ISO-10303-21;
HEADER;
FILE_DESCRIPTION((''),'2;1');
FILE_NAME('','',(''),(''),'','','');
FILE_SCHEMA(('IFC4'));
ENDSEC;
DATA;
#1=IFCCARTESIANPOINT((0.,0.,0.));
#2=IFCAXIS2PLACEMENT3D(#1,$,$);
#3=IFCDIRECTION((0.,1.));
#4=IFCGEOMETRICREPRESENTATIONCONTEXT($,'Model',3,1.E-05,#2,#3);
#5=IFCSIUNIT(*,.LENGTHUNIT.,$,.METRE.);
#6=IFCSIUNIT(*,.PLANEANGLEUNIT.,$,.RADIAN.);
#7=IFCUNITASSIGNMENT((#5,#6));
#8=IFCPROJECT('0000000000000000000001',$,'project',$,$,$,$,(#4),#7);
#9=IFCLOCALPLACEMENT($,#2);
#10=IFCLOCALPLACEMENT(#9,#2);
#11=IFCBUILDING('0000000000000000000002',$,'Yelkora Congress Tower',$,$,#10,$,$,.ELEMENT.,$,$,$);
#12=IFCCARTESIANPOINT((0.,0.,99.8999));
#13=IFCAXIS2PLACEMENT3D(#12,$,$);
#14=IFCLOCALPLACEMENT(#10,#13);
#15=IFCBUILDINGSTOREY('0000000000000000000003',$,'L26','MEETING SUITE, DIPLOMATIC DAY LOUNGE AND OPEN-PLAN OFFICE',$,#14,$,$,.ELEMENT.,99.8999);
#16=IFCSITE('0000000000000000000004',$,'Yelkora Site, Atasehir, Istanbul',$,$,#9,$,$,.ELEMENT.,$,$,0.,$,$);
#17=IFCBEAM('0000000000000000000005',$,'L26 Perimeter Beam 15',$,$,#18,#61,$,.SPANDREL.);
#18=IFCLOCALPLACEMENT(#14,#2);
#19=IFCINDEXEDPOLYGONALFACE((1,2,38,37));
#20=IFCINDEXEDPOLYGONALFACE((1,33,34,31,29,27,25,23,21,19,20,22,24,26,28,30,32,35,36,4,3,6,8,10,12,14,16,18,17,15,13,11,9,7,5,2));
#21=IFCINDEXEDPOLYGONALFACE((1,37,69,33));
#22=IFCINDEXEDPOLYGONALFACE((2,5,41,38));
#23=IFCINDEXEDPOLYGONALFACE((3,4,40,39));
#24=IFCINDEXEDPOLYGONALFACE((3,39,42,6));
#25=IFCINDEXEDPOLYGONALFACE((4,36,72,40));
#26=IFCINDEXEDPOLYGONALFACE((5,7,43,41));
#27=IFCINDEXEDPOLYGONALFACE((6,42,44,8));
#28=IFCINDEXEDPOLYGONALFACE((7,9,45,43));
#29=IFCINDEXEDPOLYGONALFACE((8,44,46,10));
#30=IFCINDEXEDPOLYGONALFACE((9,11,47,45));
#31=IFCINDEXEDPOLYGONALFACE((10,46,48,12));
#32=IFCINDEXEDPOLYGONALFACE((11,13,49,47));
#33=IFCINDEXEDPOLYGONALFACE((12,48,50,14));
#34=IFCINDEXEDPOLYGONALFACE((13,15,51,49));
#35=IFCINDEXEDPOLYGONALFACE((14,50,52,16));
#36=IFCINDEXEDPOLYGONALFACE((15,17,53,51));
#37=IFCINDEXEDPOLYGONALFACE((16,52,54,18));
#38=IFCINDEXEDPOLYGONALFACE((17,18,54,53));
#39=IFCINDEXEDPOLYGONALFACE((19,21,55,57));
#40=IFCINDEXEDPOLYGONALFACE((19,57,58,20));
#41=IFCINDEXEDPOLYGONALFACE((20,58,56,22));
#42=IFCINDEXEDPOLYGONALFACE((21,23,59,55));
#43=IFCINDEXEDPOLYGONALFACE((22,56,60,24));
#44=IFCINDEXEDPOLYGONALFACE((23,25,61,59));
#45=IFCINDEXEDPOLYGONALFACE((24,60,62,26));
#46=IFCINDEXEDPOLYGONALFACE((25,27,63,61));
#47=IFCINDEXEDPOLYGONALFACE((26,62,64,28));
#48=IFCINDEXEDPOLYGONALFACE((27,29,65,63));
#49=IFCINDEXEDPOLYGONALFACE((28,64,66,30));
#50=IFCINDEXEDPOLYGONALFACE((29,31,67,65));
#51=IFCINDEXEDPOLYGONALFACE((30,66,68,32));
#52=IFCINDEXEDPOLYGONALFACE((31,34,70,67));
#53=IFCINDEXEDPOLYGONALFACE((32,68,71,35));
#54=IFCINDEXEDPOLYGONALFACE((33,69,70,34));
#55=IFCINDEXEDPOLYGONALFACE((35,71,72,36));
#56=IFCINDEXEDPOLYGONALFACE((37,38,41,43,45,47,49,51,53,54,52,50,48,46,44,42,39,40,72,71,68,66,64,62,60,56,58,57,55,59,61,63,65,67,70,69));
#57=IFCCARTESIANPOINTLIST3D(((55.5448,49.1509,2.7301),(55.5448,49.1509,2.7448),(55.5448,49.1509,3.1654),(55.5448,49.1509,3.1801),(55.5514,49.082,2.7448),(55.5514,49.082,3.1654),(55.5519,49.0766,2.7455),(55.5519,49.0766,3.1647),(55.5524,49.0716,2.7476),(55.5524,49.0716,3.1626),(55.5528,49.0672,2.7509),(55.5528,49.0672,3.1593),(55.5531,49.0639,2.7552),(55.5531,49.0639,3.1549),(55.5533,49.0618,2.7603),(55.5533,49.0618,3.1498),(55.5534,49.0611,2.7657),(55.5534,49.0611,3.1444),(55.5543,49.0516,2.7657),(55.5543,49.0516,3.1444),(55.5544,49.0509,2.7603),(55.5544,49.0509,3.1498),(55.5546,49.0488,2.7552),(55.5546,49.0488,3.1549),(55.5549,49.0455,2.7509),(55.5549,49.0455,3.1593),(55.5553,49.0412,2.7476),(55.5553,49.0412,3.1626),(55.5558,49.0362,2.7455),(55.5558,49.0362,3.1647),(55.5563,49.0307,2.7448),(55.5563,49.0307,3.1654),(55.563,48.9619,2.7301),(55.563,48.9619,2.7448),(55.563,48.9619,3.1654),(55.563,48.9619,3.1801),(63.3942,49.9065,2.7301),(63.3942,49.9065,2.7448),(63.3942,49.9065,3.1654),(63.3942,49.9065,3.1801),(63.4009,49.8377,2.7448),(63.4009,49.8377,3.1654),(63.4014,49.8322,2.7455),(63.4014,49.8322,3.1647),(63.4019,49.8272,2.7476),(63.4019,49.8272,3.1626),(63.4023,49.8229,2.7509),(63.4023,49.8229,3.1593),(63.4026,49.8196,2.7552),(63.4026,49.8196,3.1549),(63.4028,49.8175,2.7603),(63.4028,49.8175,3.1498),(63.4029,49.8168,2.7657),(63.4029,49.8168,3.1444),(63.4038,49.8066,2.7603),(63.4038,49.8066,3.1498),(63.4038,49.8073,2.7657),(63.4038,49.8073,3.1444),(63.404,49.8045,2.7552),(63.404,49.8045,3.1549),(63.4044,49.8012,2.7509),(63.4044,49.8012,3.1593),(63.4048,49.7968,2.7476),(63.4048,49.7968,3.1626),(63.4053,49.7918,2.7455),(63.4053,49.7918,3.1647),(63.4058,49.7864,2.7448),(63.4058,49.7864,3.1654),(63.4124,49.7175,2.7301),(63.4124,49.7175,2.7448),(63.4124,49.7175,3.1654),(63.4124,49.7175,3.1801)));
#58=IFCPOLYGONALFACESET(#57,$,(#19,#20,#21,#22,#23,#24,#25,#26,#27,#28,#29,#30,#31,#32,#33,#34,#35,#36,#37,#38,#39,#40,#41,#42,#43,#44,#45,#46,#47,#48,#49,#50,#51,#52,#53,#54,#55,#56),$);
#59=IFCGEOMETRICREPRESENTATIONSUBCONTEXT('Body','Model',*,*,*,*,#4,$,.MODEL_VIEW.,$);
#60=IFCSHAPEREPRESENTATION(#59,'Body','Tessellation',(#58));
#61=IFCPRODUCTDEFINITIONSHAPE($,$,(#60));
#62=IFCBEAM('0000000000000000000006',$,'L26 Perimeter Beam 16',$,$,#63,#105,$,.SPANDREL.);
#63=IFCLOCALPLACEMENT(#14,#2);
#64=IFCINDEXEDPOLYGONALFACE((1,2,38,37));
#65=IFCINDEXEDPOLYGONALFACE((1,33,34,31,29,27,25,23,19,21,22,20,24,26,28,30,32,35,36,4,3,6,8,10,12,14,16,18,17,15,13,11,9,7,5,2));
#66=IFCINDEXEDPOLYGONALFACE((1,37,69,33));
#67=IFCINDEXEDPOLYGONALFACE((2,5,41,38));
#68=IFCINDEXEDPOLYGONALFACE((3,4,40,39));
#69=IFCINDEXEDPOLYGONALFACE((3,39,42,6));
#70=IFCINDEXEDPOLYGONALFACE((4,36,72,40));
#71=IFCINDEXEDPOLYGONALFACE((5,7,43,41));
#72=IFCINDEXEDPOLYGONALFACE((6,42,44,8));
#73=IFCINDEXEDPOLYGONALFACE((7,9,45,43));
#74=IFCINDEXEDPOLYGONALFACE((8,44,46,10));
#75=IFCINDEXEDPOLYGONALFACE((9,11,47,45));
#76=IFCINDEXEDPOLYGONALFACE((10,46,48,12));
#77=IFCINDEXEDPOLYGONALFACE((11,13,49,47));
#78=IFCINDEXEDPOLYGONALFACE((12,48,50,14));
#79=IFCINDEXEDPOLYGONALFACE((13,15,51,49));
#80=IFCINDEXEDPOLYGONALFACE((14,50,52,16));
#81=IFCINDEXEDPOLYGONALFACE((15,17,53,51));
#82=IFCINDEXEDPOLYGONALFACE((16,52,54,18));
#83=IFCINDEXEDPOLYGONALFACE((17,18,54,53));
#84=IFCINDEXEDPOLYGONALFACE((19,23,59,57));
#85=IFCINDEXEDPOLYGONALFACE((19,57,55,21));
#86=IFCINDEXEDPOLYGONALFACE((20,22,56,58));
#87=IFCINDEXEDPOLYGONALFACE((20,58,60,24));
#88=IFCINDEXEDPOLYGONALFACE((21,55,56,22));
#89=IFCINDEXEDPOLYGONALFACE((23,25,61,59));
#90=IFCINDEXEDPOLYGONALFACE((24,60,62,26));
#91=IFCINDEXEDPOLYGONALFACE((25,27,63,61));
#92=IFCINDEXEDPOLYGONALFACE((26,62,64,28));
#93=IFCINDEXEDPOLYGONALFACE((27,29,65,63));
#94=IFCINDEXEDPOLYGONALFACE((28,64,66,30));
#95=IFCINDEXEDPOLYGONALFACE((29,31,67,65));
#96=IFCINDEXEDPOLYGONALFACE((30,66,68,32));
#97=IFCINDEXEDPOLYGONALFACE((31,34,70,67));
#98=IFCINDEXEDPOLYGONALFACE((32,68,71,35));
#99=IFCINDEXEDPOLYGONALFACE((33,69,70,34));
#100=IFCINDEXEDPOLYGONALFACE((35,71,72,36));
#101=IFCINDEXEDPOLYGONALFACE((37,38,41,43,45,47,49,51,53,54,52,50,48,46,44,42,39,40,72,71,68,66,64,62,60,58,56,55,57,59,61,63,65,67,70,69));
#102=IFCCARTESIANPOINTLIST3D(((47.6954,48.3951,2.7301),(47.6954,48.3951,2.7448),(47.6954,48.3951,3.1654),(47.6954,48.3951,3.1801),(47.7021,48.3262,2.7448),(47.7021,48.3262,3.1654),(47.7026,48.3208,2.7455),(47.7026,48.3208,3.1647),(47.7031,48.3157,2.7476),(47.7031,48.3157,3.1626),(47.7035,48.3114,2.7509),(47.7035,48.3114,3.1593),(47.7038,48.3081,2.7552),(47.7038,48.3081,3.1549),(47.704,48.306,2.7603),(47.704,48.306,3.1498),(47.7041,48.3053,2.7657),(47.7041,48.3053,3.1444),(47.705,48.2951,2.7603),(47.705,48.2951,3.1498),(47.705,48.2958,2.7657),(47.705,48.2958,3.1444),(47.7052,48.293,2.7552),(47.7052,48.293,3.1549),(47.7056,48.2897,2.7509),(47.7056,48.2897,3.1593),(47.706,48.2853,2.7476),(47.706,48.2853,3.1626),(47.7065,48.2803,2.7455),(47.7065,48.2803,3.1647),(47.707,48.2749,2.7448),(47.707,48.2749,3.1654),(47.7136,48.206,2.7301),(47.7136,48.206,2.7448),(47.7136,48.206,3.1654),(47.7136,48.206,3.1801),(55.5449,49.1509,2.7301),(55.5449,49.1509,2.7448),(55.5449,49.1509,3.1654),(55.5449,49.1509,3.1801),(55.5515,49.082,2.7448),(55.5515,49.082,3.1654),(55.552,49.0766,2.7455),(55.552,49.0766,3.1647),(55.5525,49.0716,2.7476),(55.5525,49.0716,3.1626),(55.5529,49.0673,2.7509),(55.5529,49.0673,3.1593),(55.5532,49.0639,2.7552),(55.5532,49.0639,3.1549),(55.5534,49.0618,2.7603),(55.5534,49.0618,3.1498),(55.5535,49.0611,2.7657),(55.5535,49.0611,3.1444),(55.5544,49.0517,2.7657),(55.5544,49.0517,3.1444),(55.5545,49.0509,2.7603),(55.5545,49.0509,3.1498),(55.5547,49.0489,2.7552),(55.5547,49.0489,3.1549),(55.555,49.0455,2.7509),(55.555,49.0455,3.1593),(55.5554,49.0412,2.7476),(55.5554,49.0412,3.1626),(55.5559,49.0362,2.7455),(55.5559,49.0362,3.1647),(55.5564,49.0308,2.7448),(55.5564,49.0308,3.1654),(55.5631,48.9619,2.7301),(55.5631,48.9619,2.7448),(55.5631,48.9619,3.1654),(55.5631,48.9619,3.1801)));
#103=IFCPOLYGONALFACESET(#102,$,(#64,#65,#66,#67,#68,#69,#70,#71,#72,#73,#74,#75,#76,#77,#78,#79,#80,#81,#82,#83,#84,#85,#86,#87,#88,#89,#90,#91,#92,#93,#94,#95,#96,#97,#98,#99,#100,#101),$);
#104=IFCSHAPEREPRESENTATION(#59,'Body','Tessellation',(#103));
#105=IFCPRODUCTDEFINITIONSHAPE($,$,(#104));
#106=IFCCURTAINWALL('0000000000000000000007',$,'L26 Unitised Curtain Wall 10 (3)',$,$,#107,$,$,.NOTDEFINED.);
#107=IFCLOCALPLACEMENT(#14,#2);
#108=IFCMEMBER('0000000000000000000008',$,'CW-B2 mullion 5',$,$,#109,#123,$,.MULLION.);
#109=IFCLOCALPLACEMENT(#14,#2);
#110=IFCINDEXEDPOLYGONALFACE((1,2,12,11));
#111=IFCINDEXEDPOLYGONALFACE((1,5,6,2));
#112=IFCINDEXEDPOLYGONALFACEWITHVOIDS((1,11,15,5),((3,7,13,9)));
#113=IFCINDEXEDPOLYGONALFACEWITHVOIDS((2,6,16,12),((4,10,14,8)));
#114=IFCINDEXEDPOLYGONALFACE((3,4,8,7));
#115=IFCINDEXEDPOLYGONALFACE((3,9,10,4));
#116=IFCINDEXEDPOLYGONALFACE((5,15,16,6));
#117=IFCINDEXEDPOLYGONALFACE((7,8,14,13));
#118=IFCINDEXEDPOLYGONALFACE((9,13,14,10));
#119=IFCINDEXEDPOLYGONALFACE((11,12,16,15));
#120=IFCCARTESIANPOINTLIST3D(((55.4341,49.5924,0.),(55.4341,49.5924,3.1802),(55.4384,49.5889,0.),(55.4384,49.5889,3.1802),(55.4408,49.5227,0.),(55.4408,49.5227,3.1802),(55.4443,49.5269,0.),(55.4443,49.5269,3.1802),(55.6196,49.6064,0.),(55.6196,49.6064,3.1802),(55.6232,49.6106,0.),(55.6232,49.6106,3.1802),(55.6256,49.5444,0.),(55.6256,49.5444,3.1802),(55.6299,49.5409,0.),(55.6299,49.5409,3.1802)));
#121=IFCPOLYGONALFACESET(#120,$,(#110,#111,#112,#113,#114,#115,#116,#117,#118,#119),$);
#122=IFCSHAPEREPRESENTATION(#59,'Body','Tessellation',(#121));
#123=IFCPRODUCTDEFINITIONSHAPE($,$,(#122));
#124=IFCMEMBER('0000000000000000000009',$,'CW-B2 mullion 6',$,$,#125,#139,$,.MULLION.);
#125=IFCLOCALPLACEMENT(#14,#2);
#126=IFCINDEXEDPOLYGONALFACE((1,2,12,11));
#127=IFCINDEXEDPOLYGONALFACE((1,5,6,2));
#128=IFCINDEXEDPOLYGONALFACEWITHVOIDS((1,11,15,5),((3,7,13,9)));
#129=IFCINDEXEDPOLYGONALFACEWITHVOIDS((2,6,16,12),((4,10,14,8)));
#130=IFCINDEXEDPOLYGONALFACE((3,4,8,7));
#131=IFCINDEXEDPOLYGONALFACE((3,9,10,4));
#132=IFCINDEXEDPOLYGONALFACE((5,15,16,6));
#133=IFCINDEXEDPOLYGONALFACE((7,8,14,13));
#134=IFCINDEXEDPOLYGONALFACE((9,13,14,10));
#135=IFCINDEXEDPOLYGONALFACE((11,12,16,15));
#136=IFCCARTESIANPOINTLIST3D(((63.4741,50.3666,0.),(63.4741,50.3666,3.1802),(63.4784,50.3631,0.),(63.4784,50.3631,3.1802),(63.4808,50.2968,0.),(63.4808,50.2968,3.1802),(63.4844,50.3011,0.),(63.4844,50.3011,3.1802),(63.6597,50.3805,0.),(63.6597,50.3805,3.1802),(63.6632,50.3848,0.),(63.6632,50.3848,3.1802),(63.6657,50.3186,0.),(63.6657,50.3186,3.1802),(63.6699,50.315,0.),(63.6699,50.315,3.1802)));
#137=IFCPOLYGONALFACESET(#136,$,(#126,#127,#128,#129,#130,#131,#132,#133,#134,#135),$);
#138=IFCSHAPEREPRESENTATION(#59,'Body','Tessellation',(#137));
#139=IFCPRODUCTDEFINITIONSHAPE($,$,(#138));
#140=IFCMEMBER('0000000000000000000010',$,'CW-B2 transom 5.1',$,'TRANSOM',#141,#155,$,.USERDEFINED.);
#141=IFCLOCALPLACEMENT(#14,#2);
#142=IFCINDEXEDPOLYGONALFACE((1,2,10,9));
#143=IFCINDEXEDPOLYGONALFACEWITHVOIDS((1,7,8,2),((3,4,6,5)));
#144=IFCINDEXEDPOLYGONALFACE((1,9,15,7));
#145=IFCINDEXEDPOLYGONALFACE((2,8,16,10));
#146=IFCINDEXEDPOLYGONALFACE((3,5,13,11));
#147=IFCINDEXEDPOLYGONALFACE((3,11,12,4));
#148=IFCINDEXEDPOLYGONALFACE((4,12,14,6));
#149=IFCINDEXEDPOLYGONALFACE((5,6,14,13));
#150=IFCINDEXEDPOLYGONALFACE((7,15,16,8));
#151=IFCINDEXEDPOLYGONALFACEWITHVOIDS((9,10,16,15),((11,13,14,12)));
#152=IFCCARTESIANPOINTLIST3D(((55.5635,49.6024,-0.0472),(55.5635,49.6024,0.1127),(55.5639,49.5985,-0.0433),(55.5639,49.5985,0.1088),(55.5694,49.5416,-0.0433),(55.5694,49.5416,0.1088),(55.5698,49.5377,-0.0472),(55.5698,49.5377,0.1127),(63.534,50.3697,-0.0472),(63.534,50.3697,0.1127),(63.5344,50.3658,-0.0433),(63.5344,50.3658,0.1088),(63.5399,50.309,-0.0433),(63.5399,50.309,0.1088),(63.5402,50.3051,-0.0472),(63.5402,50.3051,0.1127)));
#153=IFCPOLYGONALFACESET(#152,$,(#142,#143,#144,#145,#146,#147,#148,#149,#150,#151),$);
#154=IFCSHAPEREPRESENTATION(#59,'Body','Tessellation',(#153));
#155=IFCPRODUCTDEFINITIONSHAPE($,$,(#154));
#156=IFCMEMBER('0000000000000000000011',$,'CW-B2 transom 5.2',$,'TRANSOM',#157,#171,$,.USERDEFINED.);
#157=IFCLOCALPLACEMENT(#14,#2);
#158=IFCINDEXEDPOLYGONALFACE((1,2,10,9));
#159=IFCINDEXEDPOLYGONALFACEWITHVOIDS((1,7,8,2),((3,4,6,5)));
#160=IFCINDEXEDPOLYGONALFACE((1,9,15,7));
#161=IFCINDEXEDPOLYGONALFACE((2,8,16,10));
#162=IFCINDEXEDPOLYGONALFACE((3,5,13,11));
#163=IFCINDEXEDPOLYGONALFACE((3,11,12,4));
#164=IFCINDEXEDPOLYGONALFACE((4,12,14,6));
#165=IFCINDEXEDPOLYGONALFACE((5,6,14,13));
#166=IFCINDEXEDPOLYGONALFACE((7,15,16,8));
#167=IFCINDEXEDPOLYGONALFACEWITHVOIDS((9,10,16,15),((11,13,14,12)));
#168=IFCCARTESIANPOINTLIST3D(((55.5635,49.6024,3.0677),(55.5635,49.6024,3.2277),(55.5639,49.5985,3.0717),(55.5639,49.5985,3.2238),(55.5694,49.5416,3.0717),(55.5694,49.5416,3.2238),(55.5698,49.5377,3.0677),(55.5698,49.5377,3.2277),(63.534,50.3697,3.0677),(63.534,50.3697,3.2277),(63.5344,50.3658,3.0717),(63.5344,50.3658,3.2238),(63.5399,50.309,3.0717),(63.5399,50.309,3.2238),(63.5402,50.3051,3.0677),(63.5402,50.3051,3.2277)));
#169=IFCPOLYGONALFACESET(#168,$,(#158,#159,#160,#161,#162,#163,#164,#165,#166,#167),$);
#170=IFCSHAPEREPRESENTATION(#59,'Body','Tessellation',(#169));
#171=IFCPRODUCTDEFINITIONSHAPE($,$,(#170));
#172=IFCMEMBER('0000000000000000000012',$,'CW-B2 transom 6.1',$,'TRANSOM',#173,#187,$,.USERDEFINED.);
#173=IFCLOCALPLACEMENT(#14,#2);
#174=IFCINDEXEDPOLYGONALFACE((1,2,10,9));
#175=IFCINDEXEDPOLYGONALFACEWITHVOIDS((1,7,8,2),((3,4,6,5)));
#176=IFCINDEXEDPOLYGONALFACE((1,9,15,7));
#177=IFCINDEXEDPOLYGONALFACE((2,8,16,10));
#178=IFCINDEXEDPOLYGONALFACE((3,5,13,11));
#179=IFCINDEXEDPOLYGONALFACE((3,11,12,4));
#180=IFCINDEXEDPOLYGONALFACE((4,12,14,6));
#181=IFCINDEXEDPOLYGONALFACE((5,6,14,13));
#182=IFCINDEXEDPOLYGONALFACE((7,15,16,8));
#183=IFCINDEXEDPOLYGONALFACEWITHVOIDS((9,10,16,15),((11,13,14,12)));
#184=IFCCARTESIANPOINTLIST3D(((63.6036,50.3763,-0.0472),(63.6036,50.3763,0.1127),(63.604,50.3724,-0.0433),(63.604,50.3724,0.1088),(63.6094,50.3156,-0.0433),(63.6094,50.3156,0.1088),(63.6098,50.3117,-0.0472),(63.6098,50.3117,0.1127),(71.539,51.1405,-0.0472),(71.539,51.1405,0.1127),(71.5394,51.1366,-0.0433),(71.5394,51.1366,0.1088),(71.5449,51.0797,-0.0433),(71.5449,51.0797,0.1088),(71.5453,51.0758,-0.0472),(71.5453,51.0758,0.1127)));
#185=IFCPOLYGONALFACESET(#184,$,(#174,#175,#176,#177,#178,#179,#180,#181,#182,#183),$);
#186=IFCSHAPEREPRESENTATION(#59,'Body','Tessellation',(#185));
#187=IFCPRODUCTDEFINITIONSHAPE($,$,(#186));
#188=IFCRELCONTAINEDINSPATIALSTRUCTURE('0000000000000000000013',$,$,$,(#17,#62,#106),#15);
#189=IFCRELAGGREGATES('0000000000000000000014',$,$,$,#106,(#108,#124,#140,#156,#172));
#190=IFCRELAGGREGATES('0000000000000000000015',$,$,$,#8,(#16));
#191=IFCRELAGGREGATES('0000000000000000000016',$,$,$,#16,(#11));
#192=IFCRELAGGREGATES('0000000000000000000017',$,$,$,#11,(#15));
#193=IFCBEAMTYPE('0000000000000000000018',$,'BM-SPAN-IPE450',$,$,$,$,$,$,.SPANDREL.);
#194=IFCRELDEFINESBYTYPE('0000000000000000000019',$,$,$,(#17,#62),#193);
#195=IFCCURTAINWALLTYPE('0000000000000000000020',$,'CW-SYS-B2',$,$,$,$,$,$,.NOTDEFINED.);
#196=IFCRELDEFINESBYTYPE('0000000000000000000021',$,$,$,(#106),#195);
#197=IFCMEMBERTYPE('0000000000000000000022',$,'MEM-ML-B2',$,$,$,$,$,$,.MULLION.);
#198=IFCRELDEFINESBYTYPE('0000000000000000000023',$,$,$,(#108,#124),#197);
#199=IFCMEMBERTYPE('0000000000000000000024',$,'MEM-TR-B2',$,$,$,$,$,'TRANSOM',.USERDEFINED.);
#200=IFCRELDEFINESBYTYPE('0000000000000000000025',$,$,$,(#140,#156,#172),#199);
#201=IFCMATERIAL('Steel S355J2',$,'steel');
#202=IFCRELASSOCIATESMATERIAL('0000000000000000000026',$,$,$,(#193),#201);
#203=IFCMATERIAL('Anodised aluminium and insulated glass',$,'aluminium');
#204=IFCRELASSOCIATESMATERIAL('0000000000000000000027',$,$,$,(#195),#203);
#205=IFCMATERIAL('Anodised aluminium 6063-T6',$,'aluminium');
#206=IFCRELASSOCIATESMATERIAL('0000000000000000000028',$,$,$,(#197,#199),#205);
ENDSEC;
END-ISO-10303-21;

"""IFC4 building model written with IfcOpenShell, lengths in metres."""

from ifc_helpers import new_model, si_unit, direction, frame, origin, origin_2d, place, context, subcontext, project, spatial, hollow_rectangle, i_section, extrude, material, material_profile, profile_set, type_object, element, aggregate, save


model = new_model("IFC4")

# Units and contexts
model_context = context("Model", 3, precision=1e-05, world=origin(), true_north=direction((0.0, 1.0)))
body_context = subcontext(model_context, "Body", "Model", "MODEL_VIEW")
ifc_project = project(units=[si_unit("LENGTHUNIT", "METRE"), si_unit("PLANEANGLEUNIT", "RADIAN")], contexts=[model_context])

# Site, building, storey
site_placement = place(None, origin())
site = spatial("IfcSite", under=ifc_project, at=site_placement, Name="Yelkora Site, Atasehir, Istanbul", CompositionType="ELEMENT", RefElevation=0.0)
building_placement = place(site_placement, origin())
building = spatial("IfcBuilding", under=site, at=building_placement, Name="Yelkora Congress Tower", CompositionType="ELEMENT")
storey_placement = place(building_placement, frame((0.0, 0.0, 99.8999)))
storey = spatial("IfcBuildingStorey", under=building, at=storey_placement, Name="L26", Description="MEETING SUITE, DIPLOMATIC DAY LOUNGE AND OPEN-PLAN OFFICE", CompositionType="ELEMENT", Elevation=99.8999)

# Beams
ifc_material_1 = material(Name="Steel S355J2", Category="steel")
ifc_material_profile_1 = material_profile(ifc_material_1, i_section(OverallWidth=0.1899, OverallDepth=0.45, WebThickness=0.0095, FlangeThickness=0.0146, FilletRadius=0.021, at=origin_2d()), Name="IPE 450")
ifc_profile_set_1 = profile_set([ifc_material_profile_1], Name="Steel S355J2")
beam_type_1 = type_object("IfcBeamType", Name="BM-SPAN-IPE450", PredefinedType="SPANDREL", material=ifc_profile_set_1)
for number, where, z_axis, x_axis, name in (
    (1, (63.4033, 49.812, 2.9551), (-0.995399, -0.095822, 0.0), (0.095822, -0.995399, 0.0), "L26 Perimeter Beam 15"),
    (2, (55.554, 49.0564, 2.9551), (-0.995396, -0.095852, 0.0), (0.095852, -0.995396, 0.0), "L26 Perimeter Beam 16"),
):
    element("IfcBeam", number, at=place(storey_placement, frame(where, z_axis=z_axis, x_axis=x_axis)), inside=storey, type_object=beam_type_1, Name=name, PredefinedType="SPANDREL", context=body_context, shape_type="SweptSolid", body=[
        extrude(i_section(OverallWidth=0.1899, OverallDepth=0.45, WebThickness=0.0095, FlangeThickness=0.0146, FilletRadius=0.021, at=origin_2d()), origin(), (0.0, 0.0, 1.0), 7.8857),
    ])

# Curtain wall, members
ifc_material_2 = material(Name="Anodised aluminium and insulated glass", Category="aluminium")
curtain_wall_type = type_object("IfcCurtainWallType", Name="CW-SYS-B2", PredefinedType="NOTDEFINED", material=ifc_material_2)
curtain_wall_placement = place(storey_placement, origin())
curtain_wall = element("IfcCurtainWall", 3, at=curtain_wall_placement, inside=storey, type_object=curtain_wall_type, Name="L26 Unitised Curtain Wall 10 (3)", PredefinedType="NOTDEFINED")
ifc_material_3 = material(Name="Anodised aluminium 6063-T6", Category="aluminium")
ifc_material_profile_2 = material_profile(ifc_material_3, hollow_rectangle(XDim=0.0701, YDim=0.1899, WallThickness=0.0039, at=origin_2d()), Name="ALU 70x190x4")
ifc_profile_set_2 = profile_set([ifc_material_profile_2], Name="Anodised aluminium 6063-T6")
member_type_1 = type_object("IfcMemberType", Name="MEM-ML-B2", PredefinedType="MULLION", material=ifc_profile_set_2)
member_1_placement = place(storey_placement, frame((55.532, 49.5667, 0.0), z_axis=(0.0, 0.0, 1.0), x_axis=(-0.095844, 0.995396, 0.0)))
member_1 = element("IfcMember", 4, at=member_1_placement, type_object=member_type_1, Name="CW-B2 mullion 5", PredefinedType="MULLION", context=body_context, shape_type="SweptSolid", body=[
    extrude(hollow_rectangle(XDim=0.0701, YDim=0.1899, WallThickness=0.0039, at=origin_2d()), origin(), (0.0, 0.0, 1.0), 3.1802),
])
member_2_placement = place(storey_placement, frame((63.572, 50.3408, 0.0), z_axis=(0.0, 0.0, 1.0), x_axis=(-0.095844, 0.995396, 0.0)))
member_2 = element("IfcMember", 5, at=member_2_placement, type_object=member_type_1, Name="CW-B2 mullion 6", PredefinedType="MULLION", context=body_context, shape_type="SweptSolid", body=[
    extrude(hollow_rectangle(XDim=0.0701, YDim=0.1899, WallThickness=0.0039, at=origin_2d()), origin(), (0.0, 0.0, 1.0), 3.1802),
])
ifc_material_profile_3 = material_profile(ifc_material_3, hollow_rectangle(XDim=0.0649, YDim=0.1599, WallThickness=0.0039, at=origin_2d()), Name="ALU 65x160x4")
ifc_profile_set_3 = profile_set([ifc_material_profile_3], Name="Anodised aluminium 6063-T6")
member_type_2 = type_object("IfcMemberType", Name="MEM-TR-B2", ElementType="TRANSOM", PredefinedType="USERDEFINED", material=ifc_profile_set_3)
member_3_placement = place(storey_placement, frame((55.5667, 49.5701, 0.0327), z_axis=(0.995398, 0.095829, 0.0), x_axis=(-0.095829, 0.995398, 0.0)))
member_3 = element("IfcMember", 6, at=member_3_placement, type_object=member_type_2, Name="CW-B2 transom 5.1", ObjectType="TRANSOM", PredefinedType="USERDEFINED", context=body_context, shape_type="SweptSolid", body=[
    extrude(hollow_rectangle(XDim=0.0649, YDim=0.1599, WallThickness=0.0039, at=origin_2d()), origin(), (0.0, 0.0, 1.0), 8.0073),
])
member_4_placement = place(storey_placement, frame((55.5667, 49.5701, 3.1477), z_axis=(0.995398, 0.095829, 0.0), x_axis=(-0.095829, 0.995398, 0.0)))
member_4 = element("IfcMember", 7, at=member_4_placement, type_object=member_type_2, Name="CW-B2 transom 5.2", ObjectType="TRANSOM", PredefinedType="USERDEFINED", context=body_context, shape_type="SweptSolid", body=[
    extrude(hollow_rectangle(XDim=0.0649, YDim=0.1599, WallThickness=0.0039, at=origin_2d()), origin(), (0.0, 0.0, 1.0), 8.0073),
])
member_5_placement = place(storey_placement, frame((63.6067, 50.344, 0.0327), z_axis=(0.995396, 0.095852, 0.0), x_axis=(-0.095852, 0.995396, 0.0)))
member_5 = element("IfcMember", 8, at=member_5_placement, type_object=member_type_2, Name="CW-B2 transom 6.1", ObjectType="TRANSOM", PredefinedType="USERDEFINED", context=body_context, shape_type="SweptSolid", body=[
    extrude(hollow_rectangle(XDim=0.0649, YDim=0.1599, WallThickness=0.0039, at=origin_2d()), origin(), (0.0, 0.0, 1.0), 7.9722),
])
aggregate(curtain_wall, [member_1, member_2, member_3, member_4, member_5])

save(model, "model.ifc")
